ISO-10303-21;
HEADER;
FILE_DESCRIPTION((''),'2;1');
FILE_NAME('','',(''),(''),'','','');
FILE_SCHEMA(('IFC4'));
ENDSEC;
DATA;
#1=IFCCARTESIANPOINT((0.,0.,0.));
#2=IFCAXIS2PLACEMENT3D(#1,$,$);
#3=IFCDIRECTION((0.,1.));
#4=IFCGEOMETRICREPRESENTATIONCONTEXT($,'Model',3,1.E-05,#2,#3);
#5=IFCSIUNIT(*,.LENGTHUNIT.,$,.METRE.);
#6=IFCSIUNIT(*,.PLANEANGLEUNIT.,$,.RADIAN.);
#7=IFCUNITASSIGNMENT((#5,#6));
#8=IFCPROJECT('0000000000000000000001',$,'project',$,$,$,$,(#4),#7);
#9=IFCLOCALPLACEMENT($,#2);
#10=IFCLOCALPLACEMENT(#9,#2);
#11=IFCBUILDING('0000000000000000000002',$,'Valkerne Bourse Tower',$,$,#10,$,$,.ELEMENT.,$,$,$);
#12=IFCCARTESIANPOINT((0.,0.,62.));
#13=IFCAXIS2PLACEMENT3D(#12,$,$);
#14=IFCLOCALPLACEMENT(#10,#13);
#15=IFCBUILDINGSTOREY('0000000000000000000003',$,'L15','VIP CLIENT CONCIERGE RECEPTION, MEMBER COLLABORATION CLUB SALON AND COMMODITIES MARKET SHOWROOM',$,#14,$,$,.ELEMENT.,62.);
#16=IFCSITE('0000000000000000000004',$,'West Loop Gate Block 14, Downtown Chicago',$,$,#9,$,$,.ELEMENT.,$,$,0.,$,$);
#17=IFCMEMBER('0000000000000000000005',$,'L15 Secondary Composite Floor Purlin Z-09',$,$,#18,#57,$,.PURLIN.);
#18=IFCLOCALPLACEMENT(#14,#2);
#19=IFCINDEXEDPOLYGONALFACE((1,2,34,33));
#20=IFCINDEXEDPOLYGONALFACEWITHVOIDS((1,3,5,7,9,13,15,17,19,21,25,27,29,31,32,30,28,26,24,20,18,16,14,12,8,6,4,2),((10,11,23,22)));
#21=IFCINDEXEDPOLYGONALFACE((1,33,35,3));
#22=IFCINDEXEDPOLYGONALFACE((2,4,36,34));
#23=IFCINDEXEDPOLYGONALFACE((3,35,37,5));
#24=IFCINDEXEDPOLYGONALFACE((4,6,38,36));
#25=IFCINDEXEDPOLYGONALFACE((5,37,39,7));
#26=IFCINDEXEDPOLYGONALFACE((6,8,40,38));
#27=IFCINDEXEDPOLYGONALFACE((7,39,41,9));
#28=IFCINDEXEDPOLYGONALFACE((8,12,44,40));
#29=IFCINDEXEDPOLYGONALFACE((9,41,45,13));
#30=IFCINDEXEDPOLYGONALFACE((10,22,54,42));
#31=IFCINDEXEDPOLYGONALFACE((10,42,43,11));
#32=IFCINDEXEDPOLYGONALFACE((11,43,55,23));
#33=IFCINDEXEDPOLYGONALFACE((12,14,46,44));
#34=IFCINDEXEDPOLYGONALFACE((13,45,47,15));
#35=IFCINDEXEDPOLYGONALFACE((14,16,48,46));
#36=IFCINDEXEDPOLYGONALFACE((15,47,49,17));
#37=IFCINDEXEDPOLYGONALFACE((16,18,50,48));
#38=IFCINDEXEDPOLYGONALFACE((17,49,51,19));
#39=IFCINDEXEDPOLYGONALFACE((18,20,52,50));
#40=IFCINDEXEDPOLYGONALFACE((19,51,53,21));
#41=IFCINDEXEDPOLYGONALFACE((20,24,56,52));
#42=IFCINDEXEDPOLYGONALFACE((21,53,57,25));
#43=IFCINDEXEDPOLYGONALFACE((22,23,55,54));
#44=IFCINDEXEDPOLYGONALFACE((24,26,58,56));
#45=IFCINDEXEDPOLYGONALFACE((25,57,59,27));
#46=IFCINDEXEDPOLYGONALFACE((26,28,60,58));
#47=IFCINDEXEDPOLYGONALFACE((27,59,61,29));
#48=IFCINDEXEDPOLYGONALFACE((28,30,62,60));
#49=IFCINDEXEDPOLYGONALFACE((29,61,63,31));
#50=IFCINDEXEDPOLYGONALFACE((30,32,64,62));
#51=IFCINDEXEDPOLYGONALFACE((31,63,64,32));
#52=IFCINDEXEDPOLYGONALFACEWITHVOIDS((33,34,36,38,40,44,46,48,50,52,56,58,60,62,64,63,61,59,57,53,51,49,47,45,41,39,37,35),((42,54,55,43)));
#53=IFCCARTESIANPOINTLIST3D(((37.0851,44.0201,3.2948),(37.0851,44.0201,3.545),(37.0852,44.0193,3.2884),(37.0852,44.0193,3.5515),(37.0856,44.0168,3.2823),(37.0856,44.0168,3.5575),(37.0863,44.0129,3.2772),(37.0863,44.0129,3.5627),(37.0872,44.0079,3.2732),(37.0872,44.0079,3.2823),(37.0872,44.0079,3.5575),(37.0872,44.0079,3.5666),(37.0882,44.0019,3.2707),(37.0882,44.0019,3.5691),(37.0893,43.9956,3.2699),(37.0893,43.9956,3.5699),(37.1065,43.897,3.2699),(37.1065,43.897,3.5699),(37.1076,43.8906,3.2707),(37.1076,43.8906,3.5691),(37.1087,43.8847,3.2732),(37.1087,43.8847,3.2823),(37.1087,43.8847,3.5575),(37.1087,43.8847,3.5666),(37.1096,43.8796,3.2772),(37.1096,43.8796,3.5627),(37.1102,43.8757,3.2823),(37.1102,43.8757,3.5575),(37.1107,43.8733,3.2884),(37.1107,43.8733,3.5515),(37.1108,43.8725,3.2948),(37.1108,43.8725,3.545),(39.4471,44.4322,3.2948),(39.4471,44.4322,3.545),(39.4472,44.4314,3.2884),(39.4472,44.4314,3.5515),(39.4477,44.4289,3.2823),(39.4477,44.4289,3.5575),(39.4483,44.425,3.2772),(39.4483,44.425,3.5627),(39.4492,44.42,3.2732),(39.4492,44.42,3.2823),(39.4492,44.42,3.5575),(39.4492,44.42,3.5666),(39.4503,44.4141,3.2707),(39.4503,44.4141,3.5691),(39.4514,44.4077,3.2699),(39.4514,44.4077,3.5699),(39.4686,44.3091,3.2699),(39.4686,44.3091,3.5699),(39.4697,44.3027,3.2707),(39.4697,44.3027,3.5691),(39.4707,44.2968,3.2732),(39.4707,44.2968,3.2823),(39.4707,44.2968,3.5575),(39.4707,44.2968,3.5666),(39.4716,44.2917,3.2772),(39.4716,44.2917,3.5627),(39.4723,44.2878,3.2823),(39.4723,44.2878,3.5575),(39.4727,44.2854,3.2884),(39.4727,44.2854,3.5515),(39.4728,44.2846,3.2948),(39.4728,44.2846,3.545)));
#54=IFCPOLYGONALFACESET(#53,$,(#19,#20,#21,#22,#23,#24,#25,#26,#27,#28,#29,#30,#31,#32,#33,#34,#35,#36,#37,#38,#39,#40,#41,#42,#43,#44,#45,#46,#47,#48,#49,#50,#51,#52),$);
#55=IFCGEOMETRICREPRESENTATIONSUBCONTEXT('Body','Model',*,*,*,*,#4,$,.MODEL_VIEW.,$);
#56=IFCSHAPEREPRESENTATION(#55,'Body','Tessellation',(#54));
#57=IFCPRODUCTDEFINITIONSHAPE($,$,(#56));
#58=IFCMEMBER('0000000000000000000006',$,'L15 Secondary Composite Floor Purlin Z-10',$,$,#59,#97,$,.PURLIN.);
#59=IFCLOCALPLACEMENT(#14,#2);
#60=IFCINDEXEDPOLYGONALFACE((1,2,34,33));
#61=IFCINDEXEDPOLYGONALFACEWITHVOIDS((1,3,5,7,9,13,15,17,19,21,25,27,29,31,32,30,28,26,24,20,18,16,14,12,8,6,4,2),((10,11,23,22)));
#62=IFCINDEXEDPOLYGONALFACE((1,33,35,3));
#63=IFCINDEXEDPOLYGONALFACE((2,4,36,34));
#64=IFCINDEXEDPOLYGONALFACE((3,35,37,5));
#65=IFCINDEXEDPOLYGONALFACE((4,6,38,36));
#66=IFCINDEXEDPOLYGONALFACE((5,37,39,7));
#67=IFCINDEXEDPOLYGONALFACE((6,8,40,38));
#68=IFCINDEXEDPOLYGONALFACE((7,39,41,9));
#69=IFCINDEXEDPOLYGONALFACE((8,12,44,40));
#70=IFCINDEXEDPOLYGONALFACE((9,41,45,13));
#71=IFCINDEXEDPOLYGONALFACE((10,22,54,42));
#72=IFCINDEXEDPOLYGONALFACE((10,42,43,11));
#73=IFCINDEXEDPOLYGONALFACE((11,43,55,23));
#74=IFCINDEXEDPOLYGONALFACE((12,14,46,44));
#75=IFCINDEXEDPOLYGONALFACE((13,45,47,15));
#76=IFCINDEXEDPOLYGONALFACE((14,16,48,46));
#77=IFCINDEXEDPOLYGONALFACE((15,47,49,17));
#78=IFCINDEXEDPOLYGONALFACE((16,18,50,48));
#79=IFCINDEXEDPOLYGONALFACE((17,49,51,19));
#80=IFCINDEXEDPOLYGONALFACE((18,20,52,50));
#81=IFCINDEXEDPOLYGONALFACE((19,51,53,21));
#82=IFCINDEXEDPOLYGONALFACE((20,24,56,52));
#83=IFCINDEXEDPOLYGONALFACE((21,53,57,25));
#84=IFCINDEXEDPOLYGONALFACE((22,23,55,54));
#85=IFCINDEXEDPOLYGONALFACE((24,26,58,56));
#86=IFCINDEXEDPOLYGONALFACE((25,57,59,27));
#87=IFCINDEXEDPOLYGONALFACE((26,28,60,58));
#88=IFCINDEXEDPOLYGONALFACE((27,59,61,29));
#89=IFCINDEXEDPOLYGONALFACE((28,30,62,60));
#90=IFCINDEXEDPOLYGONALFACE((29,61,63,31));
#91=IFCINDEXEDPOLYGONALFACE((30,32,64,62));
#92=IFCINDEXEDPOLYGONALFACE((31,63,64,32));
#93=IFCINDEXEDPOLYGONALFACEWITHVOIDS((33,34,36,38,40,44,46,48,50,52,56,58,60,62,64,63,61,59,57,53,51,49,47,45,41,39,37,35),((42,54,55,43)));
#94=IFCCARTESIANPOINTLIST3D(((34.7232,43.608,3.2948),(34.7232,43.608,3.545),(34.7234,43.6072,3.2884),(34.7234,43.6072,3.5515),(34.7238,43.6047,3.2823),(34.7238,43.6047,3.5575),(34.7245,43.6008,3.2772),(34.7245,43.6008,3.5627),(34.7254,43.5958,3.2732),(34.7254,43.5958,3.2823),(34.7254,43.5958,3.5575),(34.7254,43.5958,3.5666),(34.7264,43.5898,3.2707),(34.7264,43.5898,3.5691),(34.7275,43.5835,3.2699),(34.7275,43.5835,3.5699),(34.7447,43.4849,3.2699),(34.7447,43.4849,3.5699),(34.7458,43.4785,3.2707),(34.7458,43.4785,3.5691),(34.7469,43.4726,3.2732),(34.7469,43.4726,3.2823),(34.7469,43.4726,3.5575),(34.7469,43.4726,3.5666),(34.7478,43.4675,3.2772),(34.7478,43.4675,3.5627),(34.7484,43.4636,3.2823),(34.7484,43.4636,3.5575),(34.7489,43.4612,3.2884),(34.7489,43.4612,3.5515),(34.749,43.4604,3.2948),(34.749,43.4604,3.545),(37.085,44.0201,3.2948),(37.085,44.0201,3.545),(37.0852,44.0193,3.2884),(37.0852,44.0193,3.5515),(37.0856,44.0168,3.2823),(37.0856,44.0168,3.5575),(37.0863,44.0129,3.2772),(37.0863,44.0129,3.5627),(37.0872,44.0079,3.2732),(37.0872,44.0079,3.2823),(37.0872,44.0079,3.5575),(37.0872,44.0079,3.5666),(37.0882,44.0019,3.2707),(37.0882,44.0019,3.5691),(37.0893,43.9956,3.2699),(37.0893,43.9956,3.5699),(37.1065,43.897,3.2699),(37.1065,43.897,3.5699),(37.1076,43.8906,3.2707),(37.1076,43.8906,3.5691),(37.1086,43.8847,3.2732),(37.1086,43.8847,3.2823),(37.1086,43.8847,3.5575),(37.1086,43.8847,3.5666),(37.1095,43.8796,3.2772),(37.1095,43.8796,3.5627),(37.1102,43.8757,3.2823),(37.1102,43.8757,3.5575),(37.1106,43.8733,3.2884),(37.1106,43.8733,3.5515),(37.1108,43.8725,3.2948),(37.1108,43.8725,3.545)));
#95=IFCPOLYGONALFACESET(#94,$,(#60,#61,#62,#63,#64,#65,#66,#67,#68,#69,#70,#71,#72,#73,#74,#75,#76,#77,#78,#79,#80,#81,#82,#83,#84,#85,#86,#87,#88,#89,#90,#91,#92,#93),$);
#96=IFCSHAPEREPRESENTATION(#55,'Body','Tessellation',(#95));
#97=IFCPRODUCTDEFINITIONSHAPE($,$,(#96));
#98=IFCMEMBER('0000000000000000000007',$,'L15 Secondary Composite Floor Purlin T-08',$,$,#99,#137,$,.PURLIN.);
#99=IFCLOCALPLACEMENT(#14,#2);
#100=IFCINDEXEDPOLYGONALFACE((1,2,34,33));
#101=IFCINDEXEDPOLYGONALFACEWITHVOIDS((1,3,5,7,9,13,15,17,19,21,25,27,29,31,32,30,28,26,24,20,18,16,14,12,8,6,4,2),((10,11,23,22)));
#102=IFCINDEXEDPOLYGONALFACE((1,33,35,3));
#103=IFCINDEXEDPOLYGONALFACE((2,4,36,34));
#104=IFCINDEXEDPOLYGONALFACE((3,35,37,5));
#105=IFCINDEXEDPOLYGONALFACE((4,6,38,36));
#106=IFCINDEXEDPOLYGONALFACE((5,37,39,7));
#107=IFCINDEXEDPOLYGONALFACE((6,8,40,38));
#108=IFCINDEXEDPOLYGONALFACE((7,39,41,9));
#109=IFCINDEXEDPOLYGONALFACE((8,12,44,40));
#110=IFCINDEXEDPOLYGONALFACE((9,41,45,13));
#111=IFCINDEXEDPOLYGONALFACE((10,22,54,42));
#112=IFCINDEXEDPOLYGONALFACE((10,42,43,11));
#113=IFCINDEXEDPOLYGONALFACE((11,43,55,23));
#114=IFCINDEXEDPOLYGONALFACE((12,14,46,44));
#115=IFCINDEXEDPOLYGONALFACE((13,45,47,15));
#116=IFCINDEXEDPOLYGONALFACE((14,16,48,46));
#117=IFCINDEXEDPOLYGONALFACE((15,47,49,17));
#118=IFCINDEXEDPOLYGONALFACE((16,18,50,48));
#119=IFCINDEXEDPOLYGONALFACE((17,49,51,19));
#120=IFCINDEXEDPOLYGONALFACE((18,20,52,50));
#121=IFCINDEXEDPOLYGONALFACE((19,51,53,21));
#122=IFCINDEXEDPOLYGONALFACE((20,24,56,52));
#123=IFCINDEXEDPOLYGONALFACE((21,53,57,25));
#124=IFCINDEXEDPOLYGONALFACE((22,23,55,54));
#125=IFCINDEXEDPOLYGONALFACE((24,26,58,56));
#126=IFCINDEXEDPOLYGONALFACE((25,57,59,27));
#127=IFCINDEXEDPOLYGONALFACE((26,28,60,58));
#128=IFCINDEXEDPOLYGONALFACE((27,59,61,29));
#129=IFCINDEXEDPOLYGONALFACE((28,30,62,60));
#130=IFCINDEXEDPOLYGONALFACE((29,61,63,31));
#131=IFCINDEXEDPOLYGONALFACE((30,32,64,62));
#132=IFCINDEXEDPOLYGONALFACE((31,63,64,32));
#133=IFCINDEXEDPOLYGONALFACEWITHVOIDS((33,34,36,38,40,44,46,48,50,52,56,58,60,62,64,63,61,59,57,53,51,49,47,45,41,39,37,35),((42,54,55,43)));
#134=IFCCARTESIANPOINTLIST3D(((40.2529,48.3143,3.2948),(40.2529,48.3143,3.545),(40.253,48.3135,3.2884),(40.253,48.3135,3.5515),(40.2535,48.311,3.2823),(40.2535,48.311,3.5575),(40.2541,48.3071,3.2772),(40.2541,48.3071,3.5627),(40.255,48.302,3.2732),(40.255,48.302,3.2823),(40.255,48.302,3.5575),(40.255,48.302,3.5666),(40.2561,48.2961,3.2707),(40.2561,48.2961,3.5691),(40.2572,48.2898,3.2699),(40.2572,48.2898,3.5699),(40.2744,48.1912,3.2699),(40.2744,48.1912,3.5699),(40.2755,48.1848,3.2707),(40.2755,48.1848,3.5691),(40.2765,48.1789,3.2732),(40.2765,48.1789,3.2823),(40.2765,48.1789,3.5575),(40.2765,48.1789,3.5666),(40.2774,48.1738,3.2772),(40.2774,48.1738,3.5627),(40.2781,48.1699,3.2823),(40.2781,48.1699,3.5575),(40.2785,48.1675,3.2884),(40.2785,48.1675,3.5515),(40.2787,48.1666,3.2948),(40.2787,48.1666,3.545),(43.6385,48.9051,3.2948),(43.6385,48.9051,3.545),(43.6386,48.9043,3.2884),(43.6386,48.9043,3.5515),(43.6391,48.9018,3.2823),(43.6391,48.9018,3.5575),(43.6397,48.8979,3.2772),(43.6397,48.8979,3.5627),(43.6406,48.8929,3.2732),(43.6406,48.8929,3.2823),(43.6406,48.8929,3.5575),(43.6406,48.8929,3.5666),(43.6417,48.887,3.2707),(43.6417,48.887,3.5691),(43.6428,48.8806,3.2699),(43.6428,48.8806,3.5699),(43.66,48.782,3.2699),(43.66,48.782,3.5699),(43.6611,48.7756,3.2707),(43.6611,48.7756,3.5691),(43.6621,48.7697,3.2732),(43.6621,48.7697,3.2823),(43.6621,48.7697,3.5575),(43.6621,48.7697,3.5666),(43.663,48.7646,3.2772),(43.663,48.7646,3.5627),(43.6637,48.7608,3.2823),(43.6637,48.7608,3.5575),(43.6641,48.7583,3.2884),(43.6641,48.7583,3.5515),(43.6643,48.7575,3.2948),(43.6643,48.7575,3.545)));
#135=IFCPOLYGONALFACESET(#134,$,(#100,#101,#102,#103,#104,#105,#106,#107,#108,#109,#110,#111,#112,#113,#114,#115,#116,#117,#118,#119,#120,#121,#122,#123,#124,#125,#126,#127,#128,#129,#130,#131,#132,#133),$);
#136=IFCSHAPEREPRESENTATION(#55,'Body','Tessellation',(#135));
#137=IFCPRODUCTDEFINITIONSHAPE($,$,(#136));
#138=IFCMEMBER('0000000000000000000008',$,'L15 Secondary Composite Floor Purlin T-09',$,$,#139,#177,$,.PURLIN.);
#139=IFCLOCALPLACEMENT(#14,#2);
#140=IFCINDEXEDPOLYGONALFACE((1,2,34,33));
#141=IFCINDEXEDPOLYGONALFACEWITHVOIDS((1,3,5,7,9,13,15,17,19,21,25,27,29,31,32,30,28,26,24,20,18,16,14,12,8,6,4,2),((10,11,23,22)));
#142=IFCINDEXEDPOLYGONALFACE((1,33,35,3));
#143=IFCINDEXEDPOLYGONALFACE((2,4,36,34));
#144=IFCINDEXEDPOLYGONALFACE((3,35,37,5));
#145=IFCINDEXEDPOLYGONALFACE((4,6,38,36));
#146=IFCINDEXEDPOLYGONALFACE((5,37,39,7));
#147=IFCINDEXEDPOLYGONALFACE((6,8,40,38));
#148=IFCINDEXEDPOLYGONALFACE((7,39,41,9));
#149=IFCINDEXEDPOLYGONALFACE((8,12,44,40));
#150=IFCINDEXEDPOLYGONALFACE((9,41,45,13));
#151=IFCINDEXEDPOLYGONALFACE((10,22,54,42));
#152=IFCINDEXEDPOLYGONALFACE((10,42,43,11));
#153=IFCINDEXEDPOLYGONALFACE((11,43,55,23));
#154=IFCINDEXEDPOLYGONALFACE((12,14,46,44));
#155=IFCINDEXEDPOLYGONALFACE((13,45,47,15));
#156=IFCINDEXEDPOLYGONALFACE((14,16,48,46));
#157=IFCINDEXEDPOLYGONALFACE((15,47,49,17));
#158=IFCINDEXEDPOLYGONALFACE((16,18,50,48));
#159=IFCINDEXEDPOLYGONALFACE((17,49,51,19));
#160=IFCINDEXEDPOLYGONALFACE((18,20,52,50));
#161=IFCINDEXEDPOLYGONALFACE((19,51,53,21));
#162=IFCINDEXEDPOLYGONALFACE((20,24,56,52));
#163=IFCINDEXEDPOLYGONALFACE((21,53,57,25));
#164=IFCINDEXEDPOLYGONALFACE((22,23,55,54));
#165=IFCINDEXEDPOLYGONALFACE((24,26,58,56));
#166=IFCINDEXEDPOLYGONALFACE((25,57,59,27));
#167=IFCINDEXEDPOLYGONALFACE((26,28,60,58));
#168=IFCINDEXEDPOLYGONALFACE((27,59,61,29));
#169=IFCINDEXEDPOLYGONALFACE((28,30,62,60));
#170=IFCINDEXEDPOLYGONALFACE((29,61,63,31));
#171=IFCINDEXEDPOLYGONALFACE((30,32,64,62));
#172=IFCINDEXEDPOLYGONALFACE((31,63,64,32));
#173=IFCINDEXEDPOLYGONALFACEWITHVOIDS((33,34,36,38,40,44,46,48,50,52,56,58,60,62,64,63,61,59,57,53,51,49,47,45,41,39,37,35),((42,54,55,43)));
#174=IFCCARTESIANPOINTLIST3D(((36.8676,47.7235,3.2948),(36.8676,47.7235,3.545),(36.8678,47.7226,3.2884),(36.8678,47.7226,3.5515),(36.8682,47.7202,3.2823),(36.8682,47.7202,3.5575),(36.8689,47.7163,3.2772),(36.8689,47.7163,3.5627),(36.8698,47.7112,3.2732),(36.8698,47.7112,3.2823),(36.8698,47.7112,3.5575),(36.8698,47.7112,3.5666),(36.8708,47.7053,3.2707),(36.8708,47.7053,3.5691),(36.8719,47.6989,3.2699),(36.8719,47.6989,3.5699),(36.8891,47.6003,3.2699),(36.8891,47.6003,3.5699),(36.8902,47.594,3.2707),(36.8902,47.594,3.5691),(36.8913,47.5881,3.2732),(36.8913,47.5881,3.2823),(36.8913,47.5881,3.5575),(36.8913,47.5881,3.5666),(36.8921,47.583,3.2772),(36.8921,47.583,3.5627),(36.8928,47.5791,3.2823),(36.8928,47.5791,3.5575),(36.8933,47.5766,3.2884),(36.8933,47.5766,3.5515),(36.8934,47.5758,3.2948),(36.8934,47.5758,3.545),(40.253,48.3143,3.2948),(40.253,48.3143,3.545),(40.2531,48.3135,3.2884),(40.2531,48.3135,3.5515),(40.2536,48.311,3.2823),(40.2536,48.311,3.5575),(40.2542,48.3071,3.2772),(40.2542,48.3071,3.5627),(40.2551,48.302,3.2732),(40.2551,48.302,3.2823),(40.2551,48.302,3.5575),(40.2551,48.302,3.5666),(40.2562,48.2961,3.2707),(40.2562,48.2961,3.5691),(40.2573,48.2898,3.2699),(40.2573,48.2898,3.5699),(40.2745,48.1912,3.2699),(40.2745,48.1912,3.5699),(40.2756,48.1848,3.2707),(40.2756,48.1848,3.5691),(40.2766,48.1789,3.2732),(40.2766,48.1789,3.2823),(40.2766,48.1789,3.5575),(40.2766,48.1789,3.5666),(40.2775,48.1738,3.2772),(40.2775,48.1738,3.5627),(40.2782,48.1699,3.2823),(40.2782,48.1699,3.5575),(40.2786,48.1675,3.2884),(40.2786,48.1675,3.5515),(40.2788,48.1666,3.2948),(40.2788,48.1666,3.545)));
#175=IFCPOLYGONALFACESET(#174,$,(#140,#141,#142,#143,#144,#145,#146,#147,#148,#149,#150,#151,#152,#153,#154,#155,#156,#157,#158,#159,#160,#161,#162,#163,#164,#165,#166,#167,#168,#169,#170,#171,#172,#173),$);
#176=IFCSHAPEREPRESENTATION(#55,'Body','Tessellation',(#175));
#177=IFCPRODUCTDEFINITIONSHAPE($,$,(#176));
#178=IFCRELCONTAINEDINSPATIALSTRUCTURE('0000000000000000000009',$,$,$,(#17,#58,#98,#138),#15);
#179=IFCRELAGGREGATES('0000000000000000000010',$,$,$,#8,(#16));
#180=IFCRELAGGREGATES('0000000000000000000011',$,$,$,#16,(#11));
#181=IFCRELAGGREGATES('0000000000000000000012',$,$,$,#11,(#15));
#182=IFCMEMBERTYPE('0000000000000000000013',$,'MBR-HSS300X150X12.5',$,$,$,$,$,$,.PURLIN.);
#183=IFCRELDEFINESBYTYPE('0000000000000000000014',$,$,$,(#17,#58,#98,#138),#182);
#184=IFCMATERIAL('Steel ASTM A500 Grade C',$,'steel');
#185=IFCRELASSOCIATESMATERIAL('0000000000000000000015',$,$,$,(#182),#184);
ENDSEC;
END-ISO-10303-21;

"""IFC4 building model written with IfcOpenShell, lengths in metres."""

from ifc_helpers import new_model, si_unit, direction, frame, origin, origin_2d, place, context, subcontext, project, spatial, hollow_rectangle, extrude, material, material_profile, profile_set, type_object, element, save


model = new_model("IFC4")

# Units and contexts
model_context = context("Model", 3, precision=1e-05, world=origin(), true_north=direction((0.0, 1.0)))
body_context = subcontext(model_context, "Body", "Model", "MODEL_VIEW")
ifc_project = project(units=[si_unit("LENGTHUNIT", "METRE"), si_unit("PLANEANGLEUNIT", "RADIAN")], contexts=[model_context])

# Site, building, storey
site_placement = place(None, origin())
site = spatial("IfcSite", under=ifc_project, at=site_placement, Name="West Loop Gate Block 14, Downtown Chicago", CompositionType="ELEMENT", RefElevation=0.0)
building_placement = place(site_placement, origin())
building = spatial("IfcBuilding", under=site, at=building_placement, Name="Valkerne Bourse Tower", CompositionType="ELEMENT")
storey_placement = place(building_placement, frame((0.0, 0.0, 62.0)))
storey = spatial("IfcBuildingStorey", under=building, at=storey_placement, Name="L15", Description="VIP CLIENT CONCIERGE RECEPTION, MEMBER COLLABORATION CLUB SALON AND COMMODITIES MARKET SHOWROOM", CompositionType="ELEMENT", Elevation=62.0)

# Members
ifc_material_1 = material(Name="Steel ASTM A500 Grade C", Category="steel")
ifc_material_profile_1 = material_profile(ifc_material_1, hollow_rectangle(XDim=0.1499, YDim=0.3, WallThickness=0.0125, OuterFilletRadius=0.0249, at=origin_2d()), Name="HSS300X150X12.5")
ifc_profile_set_1 = profile_set([ifc_material_profile_1], Name="Steel ASTM A500 Grade C")
member_type_1 = type_object("IfcMemberType", Name="MBR-HSS300X150X12.5", PredefinedType="PURLIN", material=ifc_profile_set_1)
member_1_placement = place(storey_placement, frame((39.46, 44.3584, 3.4199), z_axis=(-0.985119, -0.171874, 0.0), x_axis=(0.171874, -0.985119, 0.0)))
element("IfcMember", 1, at=member_1_placement, inside=storey, type_object=member_type_1, Name="L15 Secondary Composite Floor Purlin Z-09", PredefinedType="PURLIN", context=body_context, shape_type="SweptSolid", body=[
    extrude(hollow_rectangle(XDim=0.1499, YDim=0.3, WallThickness=0.0125, OuterFilletRadius=0.0249, at=origin_2d()), origin(), (0.0, 0.0, 1.0), 2.3977),
])
member_2_placement = place(storey_placement, frame((37.0979, 43.9463, 3.4199), z_axis=(-0.985116, -0.171891, 0.0), x_axis=(0.171891, -0.985116, 0.0)))
element("IfcMember", 2, at=member_2_placement, inside=storey, type_object=member_type_1, Name="L15 Secondary Composite Floor Purlin Z-10", PredefinedType="PURLIN", context=body_context, shape_type="SweptSolid", body=[
    extrude(hollow_rectangle(XDim=0.1499, YDim=0.3, WallThickness=0.0125, OuterFilletRadius=0.0249, at=origin_2d()), origin(), (0.0, 0.0, 1.0), 2.3975),
])
member_3_placement = place(storey_placement, frame((43.6514, 48.8313, 3.4199), z_axis=(-0.985111, -0.171917, 0.0), x_axis=(0.171917, -0.985111, 0.0)))
element("IfcMember", 3, at=member_3_placement, inside=storey, type_object=member_type_1, Name="L15 Secondary Composite Floor Purlin T-08", PredefinedType="PURLIN", context=body_context, shape_type="SweptSolid", body=[
    extrude(hollow_rectangle(XDim=0.1499, YDim=0.3, WallThickness=0.0125, OuterFilletRadius=0.0249, at=origin_2d()), origin(), (0.0, 0.0, 1.0), 3.4368),
])
member_4_placement = place(storey_placement, frame((40.2659, 48.2405, 3.4199), z_axis=(-0.985109, -0.171929, 0.0), x_axis=(0.171929, -0.985109, 0.0)))
element("IfcMember", 4, at=member_4_placement, inside=storey, type_object=member_type_1, Name="L15 Secondary Composite Floor Purlin T-09", PredefinedType="PURLIN", context=body_context, shape_type="SweptSolid", body=[
    extrude(hollow_rectangle(XDim=0.1499, YDim=0.3, WallThickness=0.0125, OuterFilletRadius=0.0249, at=origin_2d()), origin(), (0.0, 0.0, 1.0), 3.4365),
])

save(model, "model.ifc")
